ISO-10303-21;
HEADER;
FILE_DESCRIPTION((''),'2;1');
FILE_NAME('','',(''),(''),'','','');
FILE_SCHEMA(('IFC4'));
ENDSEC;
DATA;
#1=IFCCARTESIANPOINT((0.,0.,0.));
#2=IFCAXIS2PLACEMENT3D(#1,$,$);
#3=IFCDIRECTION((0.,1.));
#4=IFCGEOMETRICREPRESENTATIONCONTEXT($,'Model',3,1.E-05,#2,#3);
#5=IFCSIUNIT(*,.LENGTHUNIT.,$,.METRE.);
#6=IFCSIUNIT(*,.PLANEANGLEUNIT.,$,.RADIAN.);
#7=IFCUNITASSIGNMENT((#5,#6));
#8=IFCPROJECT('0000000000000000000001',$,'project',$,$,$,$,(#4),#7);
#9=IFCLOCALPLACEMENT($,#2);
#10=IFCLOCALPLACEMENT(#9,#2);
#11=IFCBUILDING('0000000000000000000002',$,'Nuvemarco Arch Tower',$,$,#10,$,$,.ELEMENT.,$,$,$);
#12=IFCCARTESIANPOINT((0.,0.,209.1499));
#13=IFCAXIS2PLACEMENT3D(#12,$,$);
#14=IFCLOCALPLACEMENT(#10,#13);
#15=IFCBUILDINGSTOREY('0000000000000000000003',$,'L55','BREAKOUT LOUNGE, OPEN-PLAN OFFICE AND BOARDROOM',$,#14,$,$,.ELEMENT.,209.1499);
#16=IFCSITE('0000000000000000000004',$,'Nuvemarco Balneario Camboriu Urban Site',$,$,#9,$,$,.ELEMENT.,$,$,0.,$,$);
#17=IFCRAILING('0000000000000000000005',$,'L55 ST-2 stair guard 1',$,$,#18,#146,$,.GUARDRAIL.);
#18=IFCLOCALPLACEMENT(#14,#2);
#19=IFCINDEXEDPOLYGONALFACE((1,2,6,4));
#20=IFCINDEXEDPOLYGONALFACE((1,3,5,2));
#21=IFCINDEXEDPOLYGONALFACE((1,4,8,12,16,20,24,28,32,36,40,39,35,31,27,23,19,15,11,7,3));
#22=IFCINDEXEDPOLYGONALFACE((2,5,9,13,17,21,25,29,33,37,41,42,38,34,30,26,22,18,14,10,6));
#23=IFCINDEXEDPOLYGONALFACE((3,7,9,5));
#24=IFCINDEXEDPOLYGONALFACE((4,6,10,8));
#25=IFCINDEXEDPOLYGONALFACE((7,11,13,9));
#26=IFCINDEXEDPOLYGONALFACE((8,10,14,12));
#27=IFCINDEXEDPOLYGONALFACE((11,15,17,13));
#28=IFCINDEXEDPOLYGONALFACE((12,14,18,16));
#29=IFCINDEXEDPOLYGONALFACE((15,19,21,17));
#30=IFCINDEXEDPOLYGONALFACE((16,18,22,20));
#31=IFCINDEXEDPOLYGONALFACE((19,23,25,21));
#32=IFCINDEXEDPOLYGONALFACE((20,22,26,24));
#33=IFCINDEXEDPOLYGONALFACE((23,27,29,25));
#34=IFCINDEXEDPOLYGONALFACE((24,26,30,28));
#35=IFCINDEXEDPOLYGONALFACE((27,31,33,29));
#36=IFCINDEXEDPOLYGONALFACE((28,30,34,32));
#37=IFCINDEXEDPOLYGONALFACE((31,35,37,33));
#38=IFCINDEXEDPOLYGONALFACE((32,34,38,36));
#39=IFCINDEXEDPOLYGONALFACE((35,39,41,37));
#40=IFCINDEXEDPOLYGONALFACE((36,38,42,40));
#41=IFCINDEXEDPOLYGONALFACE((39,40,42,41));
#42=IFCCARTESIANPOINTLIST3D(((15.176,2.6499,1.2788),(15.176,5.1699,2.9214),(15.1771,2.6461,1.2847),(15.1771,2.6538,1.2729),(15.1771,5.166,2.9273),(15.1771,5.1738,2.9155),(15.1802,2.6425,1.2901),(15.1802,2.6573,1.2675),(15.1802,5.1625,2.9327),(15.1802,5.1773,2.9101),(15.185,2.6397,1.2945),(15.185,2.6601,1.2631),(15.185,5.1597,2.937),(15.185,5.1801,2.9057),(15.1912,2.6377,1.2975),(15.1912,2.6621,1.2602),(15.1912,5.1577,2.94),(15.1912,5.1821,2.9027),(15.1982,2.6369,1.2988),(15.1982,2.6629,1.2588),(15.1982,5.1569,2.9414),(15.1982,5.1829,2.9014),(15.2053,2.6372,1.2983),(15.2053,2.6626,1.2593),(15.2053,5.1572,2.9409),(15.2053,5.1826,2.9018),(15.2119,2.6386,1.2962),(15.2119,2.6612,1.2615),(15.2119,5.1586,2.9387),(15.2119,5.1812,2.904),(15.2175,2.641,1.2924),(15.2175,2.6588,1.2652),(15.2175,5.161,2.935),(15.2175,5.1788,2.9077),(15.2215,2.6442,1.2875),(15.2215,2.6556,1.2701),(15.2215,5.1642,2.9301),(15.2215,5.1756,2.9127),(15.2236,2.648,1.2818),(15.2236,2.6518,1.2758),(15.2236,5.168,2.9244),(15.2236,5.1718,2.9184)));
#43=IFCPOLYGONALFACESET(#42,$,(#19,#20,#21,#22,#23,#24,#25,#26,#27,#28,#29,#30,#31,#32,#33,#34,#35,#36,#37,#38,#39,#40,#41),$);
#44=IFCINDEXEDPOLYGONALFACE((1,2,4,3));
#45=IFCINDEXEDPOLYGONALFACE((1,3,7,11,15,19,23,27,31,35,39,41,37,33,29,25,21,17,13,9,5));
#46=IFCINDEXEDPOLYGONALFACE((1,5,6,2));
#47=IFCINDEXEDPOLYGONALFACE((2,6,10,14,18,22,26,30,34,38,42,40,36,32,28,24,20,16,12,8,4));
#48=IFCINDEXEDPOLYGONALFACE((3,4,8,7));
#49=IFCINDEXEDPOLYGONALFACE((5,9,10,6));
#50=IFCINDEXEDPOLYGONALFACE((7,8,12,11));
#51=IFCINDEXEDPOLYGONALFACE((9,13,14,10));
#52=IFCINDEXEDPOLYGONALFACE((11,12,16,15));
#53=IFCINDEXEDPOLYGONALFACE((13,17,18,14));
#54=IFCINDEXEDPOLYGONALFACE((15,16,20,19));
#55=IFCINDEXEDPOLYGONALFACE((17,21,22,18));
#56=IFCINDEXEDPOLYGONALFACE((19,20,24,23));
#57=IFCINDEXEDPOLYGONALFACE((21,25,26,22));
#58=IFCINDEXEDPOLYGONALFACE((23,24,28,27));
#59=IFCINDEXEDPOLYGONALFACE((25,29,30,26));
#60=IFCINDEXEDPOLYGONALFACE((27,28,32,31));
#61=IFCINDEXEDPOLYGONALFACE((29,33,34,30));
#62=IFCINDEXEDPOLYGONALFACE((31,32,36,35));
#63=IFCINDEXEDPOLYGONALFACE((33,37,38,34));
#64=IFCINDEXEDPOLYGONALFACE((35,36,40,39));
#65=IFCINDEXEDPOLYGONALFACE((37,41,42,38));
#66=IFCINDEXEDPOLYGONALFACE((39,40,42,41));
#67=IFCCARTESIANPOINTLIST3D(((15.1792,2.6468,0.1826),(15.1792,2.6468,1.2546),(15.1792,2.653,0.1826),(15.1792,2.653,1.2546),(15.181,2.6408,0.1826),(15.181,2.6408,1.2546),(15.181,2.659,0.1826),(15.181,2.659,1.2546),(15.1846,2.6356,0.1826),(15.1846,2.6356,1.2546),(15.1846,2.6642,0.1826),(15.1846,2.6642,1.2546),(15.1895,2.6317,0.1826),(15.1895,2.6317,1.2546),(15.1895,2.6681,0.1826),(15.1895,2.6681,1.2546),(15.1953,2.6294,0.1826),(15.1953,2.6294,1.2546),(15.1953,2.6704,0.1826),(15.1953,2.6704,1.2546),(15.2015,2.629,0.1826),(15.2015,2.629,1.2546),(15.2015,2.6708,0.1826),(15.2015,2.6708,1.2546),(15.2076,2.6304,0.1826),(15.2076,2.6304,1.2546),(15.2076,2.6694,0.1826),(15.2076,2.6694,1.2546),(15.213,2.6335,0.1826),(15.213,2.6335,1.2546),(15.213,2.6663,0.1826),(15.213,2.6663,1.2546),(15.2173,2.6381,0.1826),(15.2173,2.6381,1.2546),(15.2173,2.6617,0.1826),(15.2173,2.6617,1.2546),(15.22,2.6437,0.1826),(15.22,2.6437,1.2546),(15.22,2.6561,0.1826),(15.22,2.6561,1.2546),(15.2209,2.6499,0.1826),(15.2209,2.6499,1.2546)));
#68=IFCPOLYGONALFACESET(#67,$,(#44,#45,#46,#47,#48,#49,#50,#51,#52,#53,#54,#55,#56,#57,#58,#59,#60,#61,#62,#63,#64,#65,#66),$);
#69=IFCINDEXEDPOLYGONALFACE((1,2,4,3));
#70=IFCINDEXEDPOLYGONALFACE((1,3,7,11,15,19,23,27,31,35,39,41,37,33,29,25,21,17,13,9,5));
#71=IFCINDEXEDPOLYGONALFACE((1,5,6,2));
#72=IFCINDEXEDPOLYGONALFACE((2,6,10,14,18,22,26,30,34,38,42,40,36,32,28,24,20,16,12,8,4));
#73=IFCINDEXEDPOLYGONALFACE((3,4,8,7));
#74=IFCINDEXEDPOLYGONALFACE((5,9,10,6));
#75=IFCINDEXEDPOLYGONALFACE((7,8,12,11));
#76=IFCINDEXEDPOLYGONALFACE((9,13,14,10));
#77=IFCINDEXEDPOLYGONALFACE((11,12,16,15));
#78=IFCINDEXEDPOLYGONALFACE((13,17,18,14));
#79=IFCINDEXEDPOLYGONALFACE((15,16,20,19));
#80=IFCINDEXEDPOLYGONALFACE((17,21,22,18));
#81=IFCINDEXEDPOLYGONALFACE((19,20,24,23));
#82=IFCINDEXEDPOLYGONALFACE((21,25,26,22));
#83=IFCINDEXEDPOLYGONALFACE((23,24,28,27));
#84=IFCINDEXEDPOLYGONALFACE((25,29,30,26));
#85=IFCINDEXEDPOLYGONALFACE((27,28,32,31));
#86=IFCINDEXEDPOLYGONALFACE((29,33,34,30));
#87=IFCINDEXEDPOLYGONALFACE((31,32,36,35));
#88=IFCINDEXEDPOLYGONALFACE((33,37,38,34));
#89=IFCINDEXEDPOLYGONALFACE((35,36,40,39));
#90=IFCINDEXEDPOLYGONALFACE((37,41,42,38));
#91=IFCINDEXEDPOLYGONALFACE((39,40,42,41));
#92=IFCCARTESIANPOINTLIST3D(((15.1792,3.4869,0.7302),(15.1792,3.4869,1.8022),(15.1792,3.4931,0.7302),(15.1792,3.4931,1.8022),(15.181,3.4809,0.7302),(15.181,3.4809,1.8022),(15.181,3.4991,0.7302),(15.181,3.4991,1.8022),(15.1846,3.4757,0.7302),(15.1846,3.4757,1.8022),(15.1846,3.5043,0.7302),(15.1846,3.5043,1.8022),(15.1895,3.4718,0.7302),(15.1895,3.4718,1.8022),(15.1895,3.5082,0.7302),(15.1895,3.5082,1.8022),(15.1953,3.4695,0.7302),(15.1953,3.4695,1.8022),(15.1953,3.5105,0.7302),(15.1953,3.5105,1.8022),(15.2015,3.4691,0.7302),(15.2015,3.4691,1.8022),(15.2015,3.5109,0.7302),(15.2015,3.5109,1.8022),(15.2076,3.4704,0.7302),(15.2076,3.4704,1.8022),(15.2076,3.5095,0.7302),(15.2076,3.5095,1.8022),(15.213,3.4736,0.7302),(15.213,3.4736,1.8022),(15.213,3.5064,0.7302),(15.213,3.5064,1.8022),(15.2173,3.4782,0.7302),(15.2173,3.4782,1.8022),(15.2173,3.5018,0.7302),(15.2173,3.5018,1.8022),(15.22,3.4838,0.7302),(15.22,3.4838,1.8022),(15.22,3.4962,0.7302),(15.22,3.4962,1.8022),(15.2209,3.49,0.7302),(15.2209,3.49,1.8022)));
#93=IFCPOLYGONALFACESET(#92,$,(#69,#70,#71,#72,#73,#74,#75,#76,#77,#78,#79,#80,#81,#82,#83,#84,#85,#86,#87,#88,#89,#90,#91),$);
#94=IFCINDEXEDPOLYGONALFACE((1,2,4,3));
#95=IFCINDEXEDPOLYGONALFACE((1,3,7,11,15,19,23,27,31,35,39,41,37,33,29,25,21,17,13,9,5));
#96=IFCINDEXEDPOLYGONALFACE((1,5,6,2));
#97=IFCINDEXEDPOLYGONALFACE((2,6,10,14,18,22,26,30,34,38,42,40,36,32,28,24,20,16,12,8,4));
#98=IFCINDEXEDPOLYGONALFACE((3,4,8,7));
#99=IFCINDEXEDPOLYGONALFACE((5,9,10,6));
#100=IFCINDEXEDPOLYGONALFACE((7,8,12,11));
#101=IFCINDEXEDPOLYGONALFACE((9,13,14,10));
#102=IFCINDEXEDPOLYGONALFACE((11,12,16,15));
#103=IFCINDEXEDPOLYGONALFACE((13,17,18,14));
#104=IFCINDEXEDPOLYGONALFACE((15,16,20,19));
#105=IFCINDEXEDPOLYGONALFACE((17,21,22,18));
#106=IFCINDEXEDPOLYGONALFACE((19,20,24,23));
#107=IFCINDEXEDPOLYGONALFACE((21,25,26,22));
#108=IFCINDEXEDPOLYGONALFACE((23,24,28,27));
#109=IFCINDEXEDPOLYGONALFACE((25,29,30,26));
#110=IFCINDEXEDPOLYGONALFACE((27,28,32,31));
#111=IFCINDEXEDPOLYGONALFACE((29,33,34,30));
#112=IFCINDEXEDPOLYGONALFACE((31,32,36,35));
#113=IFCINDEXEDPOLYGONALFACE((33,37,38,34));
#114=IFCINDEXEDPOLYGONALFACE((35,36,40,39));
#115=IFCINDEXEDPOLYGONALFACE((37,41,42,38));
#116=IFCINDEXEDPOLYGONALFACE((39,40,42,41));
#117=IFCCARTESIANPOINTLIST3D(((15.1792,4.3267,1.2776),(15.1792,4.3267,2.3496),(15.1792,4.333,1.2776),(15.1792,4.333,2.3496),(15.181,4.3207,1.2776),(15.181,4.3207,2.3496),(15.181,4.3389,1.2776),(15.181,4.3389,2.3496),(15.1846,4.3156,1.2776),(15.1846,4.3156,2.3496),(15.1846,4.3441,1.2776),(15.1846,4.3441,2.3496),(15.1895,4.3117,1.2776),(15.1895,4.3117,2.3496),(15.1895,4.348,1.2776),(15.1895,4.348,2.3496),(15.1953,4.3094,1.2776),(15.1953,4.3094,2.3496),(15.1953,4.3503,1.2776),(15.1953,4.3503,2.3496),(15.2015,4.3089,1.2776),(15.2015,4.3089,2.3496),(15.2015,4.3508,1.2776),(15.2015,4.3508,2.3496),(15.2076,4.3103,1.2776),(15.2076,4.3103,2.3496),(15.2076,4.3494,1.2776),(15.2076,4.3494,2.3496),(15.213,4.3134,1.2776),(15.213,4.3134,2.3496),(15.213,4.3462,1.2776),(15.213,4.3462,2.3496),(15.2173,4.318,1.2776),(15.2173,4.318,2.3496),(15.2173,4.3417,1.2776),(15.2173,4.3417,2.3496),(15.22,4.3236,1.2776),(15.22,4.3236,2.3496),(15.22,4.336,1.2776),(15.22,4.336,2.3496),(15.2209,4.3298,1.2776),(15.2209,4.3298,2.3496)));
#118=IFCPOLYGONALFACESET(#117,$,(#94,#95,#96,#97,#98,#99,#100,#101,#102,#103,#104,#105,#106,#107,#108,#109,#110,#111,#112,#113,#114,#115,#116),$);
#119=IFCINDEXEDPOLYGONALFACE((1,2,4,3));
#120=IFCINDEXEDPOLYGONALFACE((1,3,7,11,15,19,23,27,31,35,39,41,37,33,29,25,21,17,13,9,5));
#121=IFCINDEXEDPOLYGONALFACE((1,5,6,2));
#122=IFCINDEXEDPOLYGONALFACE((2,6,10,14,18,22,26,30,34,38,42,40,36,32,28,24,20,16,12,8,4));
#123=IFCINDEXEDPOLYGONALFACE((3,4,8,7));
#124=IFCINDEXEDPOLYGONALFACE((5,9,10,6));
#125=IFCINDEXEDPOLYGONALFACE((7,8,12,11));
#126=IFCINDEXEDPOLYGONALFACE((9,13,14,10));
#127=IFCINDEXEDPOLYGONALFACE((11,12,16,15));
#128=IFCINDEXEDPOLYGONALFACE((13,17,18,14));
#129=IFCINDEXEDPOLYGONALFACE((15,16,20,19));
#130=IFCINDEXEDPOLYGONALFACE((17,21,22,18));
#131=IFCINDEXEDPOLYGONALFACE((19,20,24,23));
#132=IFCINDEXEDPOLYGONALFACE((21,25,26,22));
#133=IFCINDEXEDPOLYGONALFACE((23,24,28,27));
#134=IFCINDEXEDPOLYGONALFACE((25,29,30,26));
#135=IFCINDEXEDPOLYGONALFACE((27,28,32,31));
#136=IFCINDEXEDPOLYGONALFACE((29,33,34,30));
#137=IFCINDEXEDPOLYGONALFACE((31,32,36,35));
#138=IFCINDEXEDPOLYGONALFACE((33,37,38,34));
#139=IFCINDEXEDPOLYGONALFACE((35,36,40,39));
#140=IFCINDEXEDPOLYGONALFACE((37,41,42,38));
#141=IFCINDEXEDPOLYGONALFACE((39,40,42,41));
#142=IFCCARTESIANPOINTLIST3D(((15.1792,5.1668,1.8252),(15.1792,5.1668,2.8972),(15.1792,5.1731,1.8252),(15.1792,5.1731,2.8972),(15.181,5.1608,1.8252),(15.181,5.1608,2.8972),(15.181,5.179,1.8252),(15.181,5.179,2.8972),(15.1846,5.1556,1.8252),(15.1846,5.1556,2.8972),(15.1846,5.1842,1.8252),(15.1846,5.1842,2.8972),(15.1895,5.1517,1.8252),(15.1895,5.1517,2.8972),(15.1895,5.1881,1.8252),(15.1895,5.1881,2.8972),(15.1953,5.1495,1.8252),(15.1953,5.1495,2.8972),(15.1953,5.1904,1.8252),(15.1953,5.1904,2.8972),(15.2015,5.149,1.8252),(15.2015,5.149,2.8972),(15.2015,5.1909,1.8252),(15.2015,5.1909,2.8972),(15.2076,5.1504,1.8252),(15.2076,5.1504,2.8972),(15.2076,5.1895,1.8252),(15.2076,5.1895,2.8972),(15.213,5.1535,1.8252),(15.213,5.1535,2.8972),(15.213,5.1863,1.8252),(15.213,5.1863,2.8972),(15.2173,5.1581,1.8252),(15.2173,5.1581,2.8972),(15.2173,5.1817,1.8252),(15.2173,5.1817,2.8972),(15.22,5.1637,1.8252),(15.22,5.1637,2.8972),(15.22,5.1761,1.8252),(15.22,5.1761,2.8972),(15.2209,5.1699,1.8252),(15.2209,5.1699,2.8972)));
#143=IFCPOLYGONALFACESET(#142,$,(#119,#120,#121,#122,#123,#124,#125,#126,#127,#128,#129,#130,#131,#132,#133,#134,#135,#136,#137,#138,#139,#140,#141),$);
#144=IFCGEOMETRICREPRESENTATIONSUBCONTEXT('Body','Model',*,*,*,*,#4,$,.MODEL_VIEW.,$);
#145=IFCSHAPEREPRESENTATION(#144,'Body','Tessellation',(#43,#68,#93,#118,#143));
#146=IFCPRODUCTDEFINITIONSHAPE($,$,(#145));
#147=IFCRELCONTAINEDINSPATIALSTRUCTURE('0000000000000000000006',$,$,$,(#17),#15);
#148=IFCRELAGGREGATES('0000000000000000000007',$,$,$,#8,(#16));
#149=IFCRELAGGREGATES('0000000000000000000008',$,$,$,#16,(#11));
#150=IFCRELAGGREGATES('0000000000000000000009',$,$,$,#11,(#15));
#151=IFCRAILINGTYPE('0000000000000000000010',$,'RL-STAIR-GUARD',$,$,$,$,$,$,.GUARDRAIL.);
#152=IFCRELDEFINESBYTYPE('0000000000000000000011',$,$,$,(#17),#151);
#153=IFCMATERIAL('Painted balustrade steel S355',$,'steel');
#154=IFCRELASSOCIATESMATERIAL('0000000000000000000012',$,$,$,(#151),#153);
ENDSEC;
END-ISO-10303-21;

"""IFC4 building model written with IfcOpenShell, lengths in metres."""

from ifc_helpers import new_model, si_unit, direction, frame, origin, origin_2d, place, context, subcontext, project, spatial, circle, extrude, material, type_object, element, save


model = new_model("IFC4")

# Units and contexts
model_context = context("Model", 3, precision=1e-05, world=origin(), true_north=direction((0.0, 1.0)))
body_context = subcontext(model_context, "Body", "Model", "MODEL_VIEW")
ifc_project = project(units=[si_unit("LENGTHUNIT", "METRE"), si_unit("PLANEANGLEUNIT", "RADIAN")], contexts=[model_context])

# Site, building, storey
site_placement = place(None, origin())
site = spatial("IfcSite", under=ifc_project, at=site_placement, Name="Nuvemarco Balneario Camboriu Urban Site", CompositionType="ELEMENT", RefElevation=0.0)
building_placement = place(site_placement, origin())
building = spatial("IfcBuilding", under=site, at=building_placement, Name="Nuvemarco Arch Tower", CompositionType="ELEMENT")
storey_placement = place(building_placement, frame((0.0, 0.0, 209.1499)))
storey = spatial("IfcBuildingStorey", under=building, at=storey_placement, Name="L55", Description="BREAKOUT LOUNGE, OPEN-PLAN OFFICE AND BOARDROOM", CompositionType="ELEMENT", Elevation=209.1499)

# Railing
ifc_material_1 = material(Name="Painted balustrade steel S355", Category="steel")
railing_type_1 = type_object("IfcRailingType", Name="RL-STAIR-GUARD", PredefinedType="GUARDRAIL", material=ifc_material_1)
railing_1_placement = place(storey_placement, frame((15.2, 2.6499, 0.1826)))
element("IfcRailing", 1, at=railing_1_placement, inside=storey, type_object=railing_type_1, Name="L55 ST-2 stair guard 1", PredefinedType="GUARDRAIL", context=body_context, shape_type="SweptSolid", body=[
    extrude(circle(Radius=0.0239, at=origin_2d()), frame((0.0, 0.0, 1.0962), z_axis=(0.0, 0.837749, 0.546055), x_axis=(-1.0, 0.0, 0.0)), (0.0, 0.0, 1.0), 3.0081),
    extrude(circle(Radius=0.021, at=origin_2d()), origin(), (0.0, 0.0, 1.0), 1.072),
    extrude(circle(Radius=0.021, at=origin_2d()), frame((0.0, 0.8401, 0.5476)), (0.0, 0.0, 1.0), 1.072),
    extrude(circle(Radius=0.021, at=origin_2d()), frame((0.0, 1.6799, 1.095)), (0.0, 0.0, 1.0), 1.072),
    extrude(circle(Radius=0.021, at=origin_2d()), frame((0.0, 2.52, 1.6426)), (0.0, 0.0, 1.0), 1.072),
])

save(model, "model.ifc")
